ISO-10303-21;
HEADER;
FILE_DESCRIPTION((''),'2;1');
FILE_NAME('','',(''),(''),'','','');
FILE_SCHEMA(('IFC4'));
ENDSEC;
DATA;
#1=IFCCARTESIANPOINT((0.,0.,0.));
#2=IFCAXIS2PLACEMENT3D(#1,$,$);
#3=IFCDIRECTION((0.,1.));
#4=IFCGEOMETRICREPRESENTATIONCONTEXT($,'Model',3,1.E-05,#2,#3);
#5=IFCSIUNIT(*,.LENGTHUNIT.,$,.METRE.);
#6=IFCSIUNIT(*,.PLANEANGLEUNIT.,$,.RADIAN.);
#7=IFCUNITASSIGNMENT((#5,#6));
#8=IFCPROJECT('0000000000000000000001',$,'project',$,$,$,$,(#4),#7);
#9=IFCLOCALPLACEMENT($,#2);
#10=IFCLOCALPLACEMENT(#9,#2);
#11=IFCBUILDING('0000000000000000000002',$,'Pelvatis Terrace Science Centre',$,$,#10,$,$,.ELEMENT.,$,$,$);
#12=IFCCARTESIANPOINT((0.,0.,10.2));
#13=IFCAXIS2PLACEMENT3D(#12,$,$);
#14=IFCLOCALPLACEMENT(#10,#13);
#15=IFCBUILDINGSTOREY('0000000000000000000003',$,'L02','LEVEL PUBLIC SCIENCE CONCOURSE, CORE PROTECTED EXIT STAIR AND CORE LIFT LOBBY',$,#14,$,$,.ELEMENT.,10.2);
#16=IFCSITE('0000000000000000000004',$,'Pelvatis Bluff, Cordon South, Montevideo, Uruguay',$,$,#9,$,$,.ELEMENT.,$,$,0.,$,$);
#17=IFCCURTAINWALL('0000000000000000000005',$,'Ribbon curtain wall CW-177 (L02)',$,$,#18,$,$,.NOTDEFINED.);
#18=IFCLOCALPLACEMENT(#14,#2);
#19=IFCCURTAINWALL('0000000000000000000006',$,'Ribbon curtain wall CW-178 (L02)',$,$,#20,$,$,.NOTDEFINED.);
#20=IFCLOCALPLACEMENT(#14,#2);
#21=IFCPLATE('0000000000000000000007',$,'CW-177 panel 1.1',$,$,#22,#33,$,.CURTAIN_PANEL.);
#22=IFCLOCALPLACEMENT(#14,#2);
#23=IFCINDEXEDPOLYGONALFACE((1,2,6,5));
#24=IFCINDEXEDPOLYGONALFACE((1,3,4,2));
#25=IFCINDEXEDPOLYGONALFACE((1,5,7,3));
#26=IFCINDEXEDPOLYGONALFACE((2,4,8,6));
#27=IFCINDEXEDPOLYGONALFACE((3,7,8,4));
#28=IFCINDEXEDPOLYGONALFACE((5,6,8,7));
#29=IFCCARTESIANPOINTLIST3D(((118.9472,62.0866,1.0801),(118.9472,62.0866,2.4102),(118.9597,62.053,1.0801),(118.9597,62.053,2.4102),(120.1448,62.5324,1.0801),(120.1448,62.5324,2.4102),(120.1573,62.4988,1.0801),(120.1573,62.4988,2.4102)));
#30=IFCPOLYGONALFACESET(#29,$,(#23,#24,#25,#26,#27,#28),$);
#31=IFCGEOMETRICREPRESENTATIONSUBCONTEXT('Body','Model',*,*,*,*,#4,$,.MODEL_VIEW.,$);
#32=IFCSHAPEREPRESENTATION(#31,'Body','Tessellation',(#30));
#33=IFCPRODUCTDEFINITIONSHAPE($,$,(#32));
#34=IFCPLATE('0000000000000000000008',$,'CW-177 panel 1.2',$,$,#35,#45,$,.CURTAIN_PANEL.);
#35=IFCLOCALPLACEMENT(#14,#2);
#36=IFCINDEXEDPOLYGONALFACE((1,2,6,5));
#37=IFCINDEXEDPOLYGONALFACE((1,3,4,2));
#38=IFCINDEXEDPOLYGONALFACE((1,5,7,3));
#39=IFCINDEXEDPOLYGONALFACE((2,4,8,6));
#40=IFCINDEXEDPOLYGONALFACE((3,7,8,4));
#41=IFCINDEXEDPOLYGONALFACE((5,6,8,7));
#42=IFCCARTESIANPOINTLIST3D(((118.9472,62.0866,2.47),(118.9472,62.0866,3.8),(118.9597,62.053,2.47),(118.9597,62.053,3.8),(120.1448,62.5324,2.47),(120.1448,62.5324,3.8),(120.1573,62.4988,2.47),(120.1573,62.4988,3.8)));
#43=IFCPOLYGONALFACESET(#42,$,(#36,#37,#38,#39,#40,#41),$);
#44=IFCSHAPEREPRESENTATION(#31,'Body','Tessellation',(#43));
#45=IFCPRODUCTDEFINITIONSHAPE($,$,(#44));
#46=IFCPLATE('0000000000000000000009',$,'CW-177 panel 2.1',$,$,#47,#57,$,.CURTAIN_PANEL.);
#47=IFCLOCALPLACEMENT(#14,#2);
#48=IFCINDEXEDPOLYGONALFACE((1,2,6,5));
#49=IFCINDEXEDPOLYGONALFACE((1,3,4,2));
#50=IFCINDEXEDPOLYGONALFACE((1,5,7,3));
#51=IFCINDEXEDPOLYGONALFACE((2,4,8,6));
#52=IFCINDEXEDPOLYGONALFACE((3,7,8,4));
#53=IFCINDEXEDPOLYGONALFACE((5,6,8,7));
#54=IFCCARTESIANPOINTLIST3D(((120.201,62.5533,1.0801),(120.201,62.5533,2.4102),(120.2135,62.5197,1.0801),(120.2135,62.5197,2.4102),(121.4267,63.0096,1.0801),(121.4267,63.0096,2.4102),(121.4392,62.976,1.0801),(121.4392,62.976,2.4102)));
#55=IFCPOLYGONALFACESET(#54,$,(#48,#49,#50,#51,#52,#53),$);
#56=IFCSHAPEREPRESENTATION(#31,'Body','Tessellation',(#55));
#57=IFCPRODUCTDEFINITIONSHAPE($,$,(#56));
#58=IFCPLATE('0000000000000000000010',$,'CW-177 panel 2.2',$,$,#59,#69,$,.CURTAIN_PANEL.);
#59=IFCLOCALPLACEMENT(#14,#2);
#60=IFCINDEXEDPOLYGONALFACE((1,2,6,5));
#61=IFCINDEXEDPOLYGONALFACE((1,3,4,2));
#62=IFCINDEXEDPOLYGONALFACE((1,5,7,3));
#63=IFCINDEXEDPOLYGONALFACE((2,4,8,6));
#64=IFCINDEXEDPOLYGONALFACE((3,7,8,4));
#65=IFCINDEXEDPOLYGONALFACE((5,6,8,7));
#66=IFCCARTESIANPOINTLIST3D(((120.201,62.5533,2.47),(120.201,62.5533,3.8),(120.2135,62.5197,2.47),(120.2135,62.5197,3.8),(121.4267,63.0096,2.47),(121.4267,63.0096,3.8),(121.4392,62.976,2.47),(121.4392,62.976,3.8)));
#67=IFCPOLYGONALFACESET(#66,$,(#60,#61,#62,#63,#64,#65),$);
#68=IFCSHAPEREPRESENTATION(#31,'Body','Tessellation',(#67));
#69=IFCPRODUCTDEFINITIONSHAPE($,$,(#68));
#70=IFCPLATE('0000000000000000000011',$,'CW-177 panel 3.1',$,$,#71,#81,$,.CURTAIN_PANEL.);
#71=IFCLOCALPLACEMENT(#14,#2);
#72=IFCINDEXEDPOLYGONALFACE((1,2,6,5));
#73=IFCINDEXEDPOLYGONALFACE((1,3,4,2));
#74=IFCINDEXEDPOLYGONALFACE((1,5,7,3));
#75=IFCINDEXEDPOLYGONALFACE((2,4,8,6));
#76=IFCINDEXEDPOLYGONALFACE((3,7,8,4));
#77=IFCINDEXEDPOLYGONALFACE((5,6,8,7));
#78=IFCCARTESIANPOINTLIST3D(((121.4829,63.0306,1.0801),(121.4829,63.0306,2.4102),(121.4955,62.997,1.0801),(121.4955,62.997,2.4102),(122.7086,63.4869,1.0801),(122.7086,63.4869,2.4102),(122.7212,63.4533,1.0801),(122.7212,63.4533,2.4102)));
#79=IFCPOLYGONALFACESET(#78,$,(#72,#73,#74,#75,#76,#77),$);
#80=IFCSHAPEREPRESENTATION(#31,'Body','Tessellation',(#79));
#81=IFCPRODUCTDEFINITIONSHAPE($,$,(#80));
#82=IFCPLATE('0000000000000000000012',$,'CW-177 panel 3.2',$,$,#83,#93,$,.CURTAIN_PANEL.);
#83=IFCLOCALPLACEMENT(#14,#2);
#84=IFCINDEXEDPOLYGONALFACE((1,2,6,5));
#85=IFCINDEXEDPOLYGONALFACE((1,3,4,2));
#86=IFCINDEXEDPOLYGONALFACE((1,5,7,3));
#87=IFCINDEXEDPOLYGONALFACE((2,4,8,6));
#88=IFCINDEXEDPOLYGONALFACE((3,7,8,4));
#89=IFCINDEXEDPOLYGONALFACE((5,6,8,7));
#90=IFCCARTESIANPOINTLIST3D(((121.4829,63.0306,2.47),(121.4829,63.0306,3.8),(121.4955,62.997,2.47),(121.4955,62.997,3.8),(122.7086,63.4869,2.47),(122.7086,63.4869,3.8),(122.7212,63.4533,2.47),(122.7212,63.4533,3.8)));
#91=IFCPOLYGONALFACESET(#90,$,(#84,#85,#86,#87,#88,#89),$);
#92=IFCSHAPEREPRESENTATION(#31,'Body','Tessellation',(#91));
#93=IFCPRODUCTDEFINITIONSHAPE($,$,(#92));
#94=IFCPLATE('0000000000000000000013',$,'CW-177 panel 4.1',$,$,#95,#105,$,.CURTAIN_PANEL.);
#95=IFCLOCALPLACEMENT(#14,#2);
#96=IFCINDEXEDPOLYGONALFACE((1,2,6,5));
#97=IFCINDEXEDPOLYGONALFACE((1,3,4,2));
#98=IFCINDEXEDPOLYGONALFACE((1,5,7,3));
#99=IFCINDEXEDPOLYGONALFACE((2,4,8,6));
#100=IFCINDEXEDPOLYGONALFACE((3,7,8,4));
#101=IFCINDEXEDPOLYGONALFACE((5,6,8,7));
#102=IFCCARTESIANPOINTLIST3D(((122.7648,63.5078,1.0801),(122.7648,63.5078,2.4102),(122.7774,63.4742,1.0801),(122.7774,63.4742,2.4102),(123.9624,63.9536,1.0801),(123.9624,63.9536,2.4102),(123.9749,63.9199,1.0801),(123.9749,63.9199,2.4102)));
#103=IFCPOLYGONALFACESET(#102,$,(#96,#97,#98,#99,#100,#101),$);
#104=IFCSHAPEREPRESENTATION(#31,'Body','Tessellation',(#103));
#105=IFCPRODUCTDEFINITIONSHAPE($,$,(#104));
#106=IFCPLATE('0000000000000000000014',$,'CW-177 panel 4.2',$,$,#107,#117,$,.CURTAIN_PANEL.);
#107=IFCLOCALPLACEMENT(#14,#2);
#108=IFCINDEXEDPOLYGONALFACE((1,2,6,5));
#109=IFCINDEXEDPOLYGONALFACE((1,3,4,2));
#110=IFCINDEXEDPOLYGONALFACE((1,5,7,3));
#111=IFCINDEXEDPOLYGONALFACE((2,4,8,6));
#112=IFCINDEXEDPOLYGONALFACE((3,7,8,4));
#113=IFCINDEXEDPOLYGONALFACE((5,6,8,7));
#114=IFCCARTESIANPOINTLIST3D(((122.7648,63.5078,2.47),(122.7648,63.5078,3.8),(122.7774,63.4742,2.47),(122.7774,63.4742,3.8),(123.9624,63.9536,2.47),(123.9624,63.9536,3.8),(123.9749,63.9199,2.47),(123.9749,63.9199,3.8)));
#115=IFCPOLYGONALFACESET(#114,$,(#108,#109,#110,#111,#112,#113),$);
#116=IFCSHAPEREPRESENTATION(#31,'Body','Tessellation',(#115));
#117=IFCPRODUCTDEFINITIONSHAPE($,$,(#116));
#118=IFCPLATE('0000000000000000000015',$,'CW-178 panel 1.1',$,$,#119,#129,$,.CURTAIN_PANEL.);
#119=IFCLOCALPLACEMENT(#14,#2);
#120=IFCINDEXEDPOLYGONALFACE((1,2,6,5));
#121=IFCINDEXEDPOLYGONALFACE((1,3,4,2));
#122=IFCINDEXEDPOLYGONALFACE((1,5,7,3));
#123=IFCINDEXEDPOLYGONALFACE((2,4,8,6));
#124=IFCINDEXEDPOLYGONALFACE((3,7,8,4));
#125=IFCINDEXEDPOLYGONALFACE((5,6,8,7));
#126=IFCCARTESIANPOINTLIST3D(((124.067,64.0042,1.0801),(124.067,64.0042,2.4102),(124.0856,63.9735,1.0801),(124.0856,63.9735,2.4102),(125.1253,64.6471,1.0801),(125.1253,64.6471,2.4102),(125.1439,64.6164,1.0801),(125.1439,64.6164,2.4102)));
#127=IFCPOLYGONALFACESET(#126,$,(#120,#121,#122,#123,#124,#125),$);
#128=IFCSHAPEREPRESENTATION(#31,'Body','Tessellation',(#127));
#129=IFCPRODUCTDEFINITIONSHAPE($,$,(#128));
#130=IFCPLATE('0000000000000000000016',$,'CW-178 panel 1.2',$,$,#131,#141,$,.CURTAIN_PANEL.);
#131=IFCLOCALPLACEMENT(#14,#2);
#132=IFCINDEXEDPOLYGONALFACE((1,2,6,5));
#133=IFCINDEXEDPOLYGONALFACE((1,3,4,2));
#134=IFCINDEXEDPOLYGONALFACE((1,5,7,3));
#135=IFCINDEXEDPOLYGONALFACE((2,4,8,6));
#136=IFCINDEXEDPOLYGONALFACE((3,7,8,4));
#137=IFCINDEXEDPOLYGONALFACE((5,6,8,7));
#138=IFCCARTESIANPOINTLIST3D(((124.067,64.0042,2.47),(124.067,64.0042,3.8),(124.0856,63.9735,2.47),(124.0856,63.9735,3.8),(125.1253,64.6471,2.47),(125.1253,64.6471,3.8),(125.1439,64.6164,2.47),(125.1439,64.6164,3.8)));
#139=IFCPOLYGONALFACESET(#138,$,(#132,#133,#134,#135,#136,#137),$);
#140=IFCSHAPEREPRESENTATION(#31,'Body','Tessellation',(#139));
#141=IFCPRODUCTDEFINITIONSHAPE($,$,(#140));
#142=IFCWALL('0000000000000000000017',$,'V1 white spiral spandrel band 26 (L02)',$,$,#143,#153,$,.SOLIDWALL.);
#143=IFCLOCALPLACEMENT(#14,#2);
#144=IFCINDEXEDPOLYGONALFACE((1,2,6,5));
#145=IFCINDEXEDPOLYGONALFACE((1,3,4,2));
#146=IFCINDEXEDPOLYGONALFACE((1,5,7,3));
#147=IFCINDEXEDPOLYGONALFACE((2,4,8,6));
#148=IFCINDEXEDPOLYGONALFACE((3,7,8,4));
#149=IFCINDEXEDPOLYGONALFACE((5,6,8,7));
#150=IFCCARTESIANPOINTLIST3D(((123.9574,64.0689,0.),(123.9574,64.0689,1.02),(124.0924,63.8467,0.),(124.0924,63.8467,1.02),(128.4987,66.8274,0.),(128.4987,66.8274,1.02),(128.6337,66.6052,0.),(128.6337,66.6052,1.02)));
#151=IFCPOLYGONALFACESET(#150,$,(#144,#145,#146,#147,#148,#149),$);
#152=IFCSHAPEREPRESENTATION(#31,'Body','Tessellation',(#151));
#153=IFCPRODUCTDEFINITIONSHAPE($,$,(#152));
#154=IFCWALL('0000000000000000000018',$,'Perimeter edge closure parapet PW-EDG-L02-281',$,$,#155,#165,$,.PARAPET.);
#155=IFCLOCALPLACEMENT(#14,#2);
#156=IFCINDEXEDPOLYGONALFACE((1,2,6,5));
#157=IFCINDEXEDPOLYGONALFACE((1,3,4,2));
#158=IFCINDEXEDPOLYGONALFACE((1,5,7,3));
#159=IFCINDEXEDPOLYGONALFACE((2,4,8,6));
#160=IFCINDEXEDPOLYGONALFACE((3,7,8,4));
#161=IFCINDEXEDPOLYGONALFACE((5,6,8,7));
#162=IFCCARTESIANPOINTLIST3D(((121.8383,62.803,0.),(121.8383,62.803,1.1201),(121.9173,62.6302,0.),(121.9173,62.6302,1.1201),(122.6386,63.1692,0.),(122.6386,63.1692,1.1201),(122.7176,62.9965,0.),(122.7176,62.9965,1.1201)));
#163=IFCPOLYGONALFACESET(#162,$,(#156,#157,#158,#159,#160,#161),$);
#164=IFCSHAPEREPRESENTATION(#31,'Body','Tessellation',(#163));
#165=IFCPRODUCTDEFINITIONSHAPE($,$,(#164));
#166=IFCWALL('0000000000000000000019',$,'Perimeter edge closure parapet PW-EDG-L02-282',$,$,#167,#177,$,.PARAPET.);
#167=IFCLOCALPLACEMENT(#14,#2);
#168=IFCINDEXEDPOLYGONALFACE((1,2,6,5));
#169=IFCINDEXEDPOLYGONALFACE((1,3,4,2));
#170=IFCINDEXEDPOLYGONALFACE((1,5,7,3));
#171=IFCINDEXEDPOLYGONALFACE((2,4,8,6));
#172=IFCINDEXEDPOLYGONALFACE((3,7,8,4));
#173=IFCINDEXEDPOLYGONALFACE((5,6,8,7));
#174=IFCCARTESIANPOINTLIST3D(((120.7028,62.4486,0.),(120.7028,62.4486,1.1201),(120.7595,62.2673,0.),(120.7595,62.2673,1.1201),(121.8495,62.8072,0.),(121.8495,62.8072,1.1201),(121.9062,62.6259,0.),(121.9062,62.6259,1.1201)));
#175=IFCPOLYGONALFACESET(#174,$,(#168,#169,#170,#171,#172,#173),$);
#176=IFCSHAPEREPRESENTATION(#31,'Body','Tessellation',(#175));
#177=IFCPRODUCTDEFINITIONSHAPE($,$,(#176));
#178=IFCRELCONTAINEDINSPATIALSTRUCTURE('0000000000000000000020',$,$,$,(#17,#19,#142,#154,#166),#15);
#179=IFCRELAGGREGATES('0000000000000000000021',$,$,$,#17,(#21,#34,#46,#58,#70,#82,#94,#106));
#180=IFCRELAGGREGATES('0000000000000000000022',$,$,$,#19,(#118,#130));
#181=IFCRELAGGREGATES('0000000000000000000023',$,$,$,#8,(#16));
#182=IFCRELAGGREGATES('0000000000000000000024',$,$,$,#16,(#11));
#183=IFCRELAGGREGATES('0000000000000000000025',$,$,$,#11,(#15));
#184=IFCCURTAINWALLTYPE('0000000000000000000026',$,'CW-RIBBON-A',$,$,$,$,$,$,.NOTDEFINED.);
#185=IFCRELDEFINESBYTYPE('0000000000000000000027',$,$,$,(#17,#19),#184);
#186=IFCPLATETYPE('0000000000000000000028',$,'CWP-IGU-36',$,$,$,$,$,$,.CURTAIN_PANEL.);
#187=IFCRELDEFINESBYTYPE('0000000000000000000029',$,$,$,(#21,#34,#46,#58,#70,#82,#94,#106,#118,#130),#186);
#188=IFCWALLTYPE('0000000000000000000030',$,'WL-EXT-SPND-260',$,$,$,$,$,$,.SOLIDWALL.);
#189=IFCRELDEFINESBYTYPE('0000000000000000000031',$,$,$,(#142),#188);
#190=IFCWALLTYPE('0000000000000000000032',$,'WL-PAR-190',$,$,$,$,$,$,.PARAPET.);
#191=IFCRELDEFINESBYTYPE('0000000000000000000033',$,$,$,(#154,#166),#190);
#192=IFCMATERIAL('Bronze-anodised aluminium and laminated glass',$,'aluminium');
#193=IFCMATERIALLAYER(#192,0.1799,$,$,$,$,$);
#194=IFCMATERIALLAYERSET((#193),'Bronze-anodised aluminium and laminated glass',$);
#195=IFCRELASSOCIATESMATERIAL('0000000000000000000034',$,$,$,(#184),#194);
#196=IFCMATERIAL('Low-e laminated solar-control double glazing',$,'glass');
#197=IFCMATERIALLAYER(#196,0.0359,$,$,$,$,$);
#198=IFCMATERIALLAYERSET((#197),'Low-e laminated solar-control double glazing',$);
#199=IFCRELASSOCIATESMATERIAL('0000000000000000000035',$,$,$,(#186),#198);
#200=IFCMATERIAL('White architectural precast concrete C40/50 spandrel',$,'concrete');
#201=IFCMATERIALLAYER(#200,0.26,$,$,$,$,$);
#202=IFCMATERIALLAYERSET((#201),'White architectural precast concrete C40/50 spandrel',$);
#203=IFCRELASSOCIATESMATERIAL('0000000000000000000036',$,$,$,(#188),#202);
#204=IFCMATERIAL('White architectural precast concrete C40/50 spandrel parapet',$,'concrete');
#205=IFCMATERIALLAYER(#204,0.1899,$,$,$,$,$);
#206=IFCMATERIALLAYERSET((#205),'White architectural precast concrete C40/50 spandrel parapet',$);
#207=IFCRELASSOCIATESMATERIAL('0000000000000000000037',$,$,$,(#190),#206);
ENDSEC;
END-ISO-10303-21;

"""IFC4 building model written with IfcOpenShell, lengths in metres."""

from ifc_helpers import new_model, si_unit, direction, frame, frame_2d, origin, origin_2d, place, context, subcontext, project, spatial, rectangle, extrude, material, layer, layer_set, type_object, element, aggregate, save


model = new_model("IFC4")

# Units and contexts
model_context = context("Model", 3, precision=1e-05, world=origin(), true_north=direction((0.0, 1.0)))
body_context = subcontext(model_context, "Body", "Model", "MODEL_VIEW")
ifc_project = project(units=[si_unit("LENGTHUNIT", "METRE"), si_unit("PLANEANGLEUNIT", "RADIAN")], contexts=[model_context])

# Site, building, storey
site_placement = place(None, origin())
site = spatial("IfcSite", under=ifc_project, at=site_placement, Name="Pelvatis Bluff, Cordon South, Montevideo, Uruguay", CompositionType="ELEMENT", RefElevation=0.0)
building_placement = place(site_placement, origin())
building = spatial("IfcBuilding", under=site, at=building_placement, Name="Pelvatis Terrace Science Centre", CompositionType="ELEMENT")
storey_placement = place(building_placement, frame((0.0, 0.0, 10.2)))
storey = spatial("IfcBuildingStorey", under=building, at=storey_placement, Name="L02", Description="LEVEL PUBLIC SCIENCE CONCOURSE, CORE PROTECTED EXIT STAIR AND CORE LIFT LOBBY", CompositionType="ELEMENT", Elevation=10.2)

# Curtain walls
ifc_material_1 = material(Name="Bronze-anodised aluminium and laminated glass", Category="aluminium")
ifc_layer_1 = layer(ifc_material_1, 0.1799)
ifc_layer_set_1 = layer_set([ifc_layer_1], Name="Bronze-anodised aluminium and laminated glass")
curtain_wall_type = type_object("IfcCurtainWallType", Name="CW-RIBBON-A", PredefinedType="NOTDEFINED", material=ifc_layer_set_1)
curtain_wall_1_placement = place(storey_placement, origin())
curtain_wall_1 = element("IfcCurtainWall", 1, at=curtain_wall_1_placement, inside=storey, type_object=curtain_wall_type, Name="Ribbon curtain wall CW-177 (L02)", PredefinedType="NOTDEFINED")
curtain_wall_2_placement = place(storey_placement, origin())
curtain_wall_2 = element("IfcCurtainWall", 2, at=curtain_wall_2_placement, inside=storey, type_object=curtain_wall_type, Name="Ribbon curtain wall CW-178 (L02)", PredefinedType="NOTDEFINED")

# Plates
ifc_material_2 = material(Name="Low-e laminated solar-control double glazing", Category="glass")
ifc_layer_2 = layer(ifc_material_2, 0.0359)
ifc_layer_set_2 = layer_set([ifc_layer_2], Name="Low-e laminated solar-control double glazing")
plate_type = type_object("IfcPlateType", Name="CWP-IGU-36", PredefinedType="CURTAIN_PANEL", material=ifc_layer_set_2)
plate_1_placement = place(storey_placement, frame((119.5522, 62.2927, 1.0801), z_axis=(0.0, 0.0, 1.0), x_axis=(0.937171, 0.348869, 0.0)))
plate_1 = element("IfcPlate", 3, at=plate_1_placement, type_object=plate_type, Name="CW-177 panel 1.1", PredefinedType="CURTAIN_PANEL", context=body_context, shape_type="SweptSolid", body=[
    extrude(rectangle(XDim=1.2778, YDim=0.0359, at=origin_2d()), origin(), (0.0, 0.0, 1.0), 1.3301),
])
plate_2_placement = place(storey_placement, frame((119.5522, 62.2927, 2.47), z_axis=(0.0, 0.0, 1.0), x_axis=(0.937171, 0.348869, 0.0)))
plate_2 = element("IfcPlate", 4, at=plate_2_placement, type_object=plate_type, Name="CW-177 panel 1.2", PredefinedType="CURTAIN_PANEL", context=body_context, shape_type="SweptSolid", body=[
    extrude(rectangle(XDim=1.2778, YDim=0.0359, at=origin_2d()), origin(), (0.0, 0.0, 1.0), 1.3301),
])
plate_3_placement = place(storey_placement, frame((120.8201, 62.7646, 1.0801), z_axis=(0.0, 0.0, 1.0), x_axis=(0.937171, 0.348869, 0.0)))
plate_3 = element("IfcPlate", 5, at=plate_3_placement, type_object=plate_type, Name="CW-177 panel 2.1", PredefinedType="CURTAIN_PANEL", context=body_context, shape_type="SweptSolid", body=[
    extrude(rectangle(XDim=1.3079, YDim=0.0359, at=origin_2d()), origin(), (0.0, 0.0, 1.0), 1.3301),
])
plate_4_placement = place(storey_placement, frame((120.8201, 62.7646, 2.47), z_axis=(0.0, 0.0, 1.0), x_axis=(0.937171, 0.348869, 0.0)))
plate_4 = element("IfcPlate", 6, at=plate_4_placement, type_object=plate_type, Name="CW-177 panel 2.2", PredefinedType="CURTAIN_PANEL", context=body_context, shape_type="SweptSolid", body=[
    extrude(rectangle(XDim=1.3079, YDim=0.0359, at=origin_2d()), origin(), (0.0, 0.0, 1.0), 1.3301),
])
plate_5_placement = place(storey_placement, frame((122.1021, 63.2419, 1.0801), z_axis=(0.0, 0.0, 1.0), x_axis=(0.937171, 0.348869, 0.0)))
plate_5 = element("IfcPlate", 7, at=plate_5_placement, type_object=plate_type, Name="CW-177 panel 3.1", PredefinedType="CURTAIN_PANEL", context=body_context, shape_type="SweptSolid", body=[
    extrude(rectangle(XDim=1.3079, YDim=0.0359, at=origin_2d()), origin(), (0.0, 0.0, 1.0), 1.3301),
])
plate_6_placement = place(storey_placement, frame((122.1021, 63.2419, 2.47), z_axis=(0.0, 0.0, 1.0), x_axis=(0.937171, 0.348869, 0.0)))
plate_6 = element("IfcPlate", 8, at=plate_6_placement, type_object=plate_type, Name="CW-177 panel 3.2", PredefinedType="CURTAIN_PANEL", context=body_context, shape_type="SweptSolid", body=[
    extrude(rectangle(XDim=1.3079, YDim=0.0359, at=origin_2d()), origin(), (0.0, 0.0, 1.0), 1.3301),
])
plate_7_placement = place(storey_placement, frame((123.3699, 63.7139, 1.0801), z_axis=(0.0, 0.0, 1.0), x_axis=(0.937171, 0.348869, 0.0)))
plate_7 = element("IfcPlate", 9, at=plate_7_placement, type_object=plate_type, Name="CW-177 panel 4.1", PredefinedType="CURTAIN_PANEL", context=body_context, shape_type="SweptSolid", body=[
    extrude(rectangle(XDim=1.2778, YDim=0.0359, at=origin_2d()), origin(), (0.0, 0.0, 1.0), 1.3301),
])
plate_8_placement = place(storey_placement, frame((123.3699, 63.7139, 2.47), z_axis=(0.0, 0.0, 1.0), x_axis=(0.937171, 0.348869, 0.0)))
plate_8 = element("IfcPlate", 10, at=plate_8_placement, type_object=plate_type, Name="CW-177 panel 4.2", PredefinedType="CURTAIN_PANEL", context=body_context, shape_type="SweptSolid", body=[
    extrude(rectangle(XDim=1.2778, YDim=0.0359, at=origin_2d()), origin(), (0.0, 0.0, 1.0), 1.3301),
])
aggregate(curtain_wall_1, [plate_1, plate_2, plate_3, plate_4, plate_5, plate_6, plate_7, plate_8])
plate_9_placement = place(storey_placement, frame((124.6055, 64.3103, 1.0801), z_axis=(0.0, 0.0, 1.0), x_axis=(0.854659, 0.51919, 0.0)))
plate_9 = element("IfcPlate", 11, at=plate_9_placement, type_object=plate_type, Name="CW-178 panel 1.1", PredefinedType="CURTAIN_PANEL", context=body_context, shape_type="SweptSolid", body=[
    extrude(rectangle(XDim=1.2383, YDim=0.0359, at=origin_2d()), origin(), (0.0, 0.0, 1.0), 1.3301),
])
plate_10_placement = place(storey_placement, frame((124.6055, 64.3103, 2.47), z_axis=(0.0, 0.0, 1.0), x_axis=(0.854659, 0.51919, 0.0)))
plate_10 = element("IfcPlate", 12, at=plate_10_placement, type_object=plate_type, Name="CW-178 panel 1.2", PredefinedType="CURTAIN_PANEL", context=body_context, shape_type="SweptSolid", body=[
    extrude(rectangle(XDim=1.2383, YDim=0.0359, at=origin_2d()), origin(), (0.0, 0.0, 1.0), 1.3301),
])
aggregate(curtain_wall_2, [plate_9, plate_10])

# Walls
ifc_material_3 = material(Name="White architectural precast concrete C40/50 spandrel", Category="concrete")
ifc_layer_3 = layer(ifc_material_3, 0.26)
ifc_layer_set_3 = layer_set([ifc_layer_3], Name="White architectural precast concrete C40/50 spandrel")
wall_type_1 = type_object("IfcWallType", Name="WL-EXT-SPND-260", PredefinedType="SOLIDWALL", material=ifc_layer_set_3)
wall_1_placement = place(storey_placement, frame((124.0249, 63.9578, 0.0), z_axis=(0.0, 0.0, 1.0), x_axis=(0.854675, 0.519164, 0.0)))
element("IfcWall", 13, at=wall_1_placement, inside=storey, type_object=wall_type_1, Name="V1 white spiral spandrel band 26 (L02)", PredefinedType="SOLIDWALL", context=body_context, shape_type="SweptSolid", body=[
    extrude(rectangle(XDim=5.3135, YDim=0.26, at=frame_2d((2.6567, 0.0))), origin(), (0.0, 0.0, 1.0), 1.02),
])
ifc_material_4 = material(Name="White architectural precast concrete C40/50 spandrel parapet", Category="concrete")
ifc_layer_4 = layer(ifc_material_4, 0.1899)
ifc_layer_set_4 = layer_set([ifc_layer_4], Name="White architectural precast concrete C40/50 spandrel parapet")
wall_type_2 = type_object("IfcWallType", Name="WL-PAR-190", PredefinedType="PARAPET", material=ifc_layer_set_4)
wall_2_placement = place(storey_placement, frame((122.678, 63.0828, 0.0), z_axis=(0.0, 0.0, 1.0), x_axis=(-0.909319, -0.416101, 0.0)))
element("IfcWall", 14, at=wall_2_placement, inside=storey, type_object=wall_type_2, Name="Perimeter edge closure parapet PW-EDG-L02-281", PredefinedType="PARAPET", context=body_context, shape_type="SweptSolid", body=[
    extrude(rectangle(XDim=0.8801, YDim=0.1899, at=frame_2d((0.4399, 0.0))), origin(), (0.0, 0.0, 1.0), 1.1201),
])
wall_3_placement = place(storey_placement, frame((121.8777, 62.7166, 0.0), z_axis=(0.0, 0.0, 1.0), x_axis=(-0.954411, -0.298495, 0.0)))
element("IfcWall", 15, at=wall_3_placement, inside=storey, type_object=wall_type_2, Name="Perimeter edge closure parapet PW-EDG-L02-282", PredefinedType="PARAPET", context=body_context, shape_type="SweptSolid", body=[
    extrude(rectangle(XDim=1.2014, YDim=0.1899, at=frame_2d((0.6006, 0.0))), origin(), (0.0, 0.0, 1.0), 1.1201),
])

save(model, "model.ifc")
